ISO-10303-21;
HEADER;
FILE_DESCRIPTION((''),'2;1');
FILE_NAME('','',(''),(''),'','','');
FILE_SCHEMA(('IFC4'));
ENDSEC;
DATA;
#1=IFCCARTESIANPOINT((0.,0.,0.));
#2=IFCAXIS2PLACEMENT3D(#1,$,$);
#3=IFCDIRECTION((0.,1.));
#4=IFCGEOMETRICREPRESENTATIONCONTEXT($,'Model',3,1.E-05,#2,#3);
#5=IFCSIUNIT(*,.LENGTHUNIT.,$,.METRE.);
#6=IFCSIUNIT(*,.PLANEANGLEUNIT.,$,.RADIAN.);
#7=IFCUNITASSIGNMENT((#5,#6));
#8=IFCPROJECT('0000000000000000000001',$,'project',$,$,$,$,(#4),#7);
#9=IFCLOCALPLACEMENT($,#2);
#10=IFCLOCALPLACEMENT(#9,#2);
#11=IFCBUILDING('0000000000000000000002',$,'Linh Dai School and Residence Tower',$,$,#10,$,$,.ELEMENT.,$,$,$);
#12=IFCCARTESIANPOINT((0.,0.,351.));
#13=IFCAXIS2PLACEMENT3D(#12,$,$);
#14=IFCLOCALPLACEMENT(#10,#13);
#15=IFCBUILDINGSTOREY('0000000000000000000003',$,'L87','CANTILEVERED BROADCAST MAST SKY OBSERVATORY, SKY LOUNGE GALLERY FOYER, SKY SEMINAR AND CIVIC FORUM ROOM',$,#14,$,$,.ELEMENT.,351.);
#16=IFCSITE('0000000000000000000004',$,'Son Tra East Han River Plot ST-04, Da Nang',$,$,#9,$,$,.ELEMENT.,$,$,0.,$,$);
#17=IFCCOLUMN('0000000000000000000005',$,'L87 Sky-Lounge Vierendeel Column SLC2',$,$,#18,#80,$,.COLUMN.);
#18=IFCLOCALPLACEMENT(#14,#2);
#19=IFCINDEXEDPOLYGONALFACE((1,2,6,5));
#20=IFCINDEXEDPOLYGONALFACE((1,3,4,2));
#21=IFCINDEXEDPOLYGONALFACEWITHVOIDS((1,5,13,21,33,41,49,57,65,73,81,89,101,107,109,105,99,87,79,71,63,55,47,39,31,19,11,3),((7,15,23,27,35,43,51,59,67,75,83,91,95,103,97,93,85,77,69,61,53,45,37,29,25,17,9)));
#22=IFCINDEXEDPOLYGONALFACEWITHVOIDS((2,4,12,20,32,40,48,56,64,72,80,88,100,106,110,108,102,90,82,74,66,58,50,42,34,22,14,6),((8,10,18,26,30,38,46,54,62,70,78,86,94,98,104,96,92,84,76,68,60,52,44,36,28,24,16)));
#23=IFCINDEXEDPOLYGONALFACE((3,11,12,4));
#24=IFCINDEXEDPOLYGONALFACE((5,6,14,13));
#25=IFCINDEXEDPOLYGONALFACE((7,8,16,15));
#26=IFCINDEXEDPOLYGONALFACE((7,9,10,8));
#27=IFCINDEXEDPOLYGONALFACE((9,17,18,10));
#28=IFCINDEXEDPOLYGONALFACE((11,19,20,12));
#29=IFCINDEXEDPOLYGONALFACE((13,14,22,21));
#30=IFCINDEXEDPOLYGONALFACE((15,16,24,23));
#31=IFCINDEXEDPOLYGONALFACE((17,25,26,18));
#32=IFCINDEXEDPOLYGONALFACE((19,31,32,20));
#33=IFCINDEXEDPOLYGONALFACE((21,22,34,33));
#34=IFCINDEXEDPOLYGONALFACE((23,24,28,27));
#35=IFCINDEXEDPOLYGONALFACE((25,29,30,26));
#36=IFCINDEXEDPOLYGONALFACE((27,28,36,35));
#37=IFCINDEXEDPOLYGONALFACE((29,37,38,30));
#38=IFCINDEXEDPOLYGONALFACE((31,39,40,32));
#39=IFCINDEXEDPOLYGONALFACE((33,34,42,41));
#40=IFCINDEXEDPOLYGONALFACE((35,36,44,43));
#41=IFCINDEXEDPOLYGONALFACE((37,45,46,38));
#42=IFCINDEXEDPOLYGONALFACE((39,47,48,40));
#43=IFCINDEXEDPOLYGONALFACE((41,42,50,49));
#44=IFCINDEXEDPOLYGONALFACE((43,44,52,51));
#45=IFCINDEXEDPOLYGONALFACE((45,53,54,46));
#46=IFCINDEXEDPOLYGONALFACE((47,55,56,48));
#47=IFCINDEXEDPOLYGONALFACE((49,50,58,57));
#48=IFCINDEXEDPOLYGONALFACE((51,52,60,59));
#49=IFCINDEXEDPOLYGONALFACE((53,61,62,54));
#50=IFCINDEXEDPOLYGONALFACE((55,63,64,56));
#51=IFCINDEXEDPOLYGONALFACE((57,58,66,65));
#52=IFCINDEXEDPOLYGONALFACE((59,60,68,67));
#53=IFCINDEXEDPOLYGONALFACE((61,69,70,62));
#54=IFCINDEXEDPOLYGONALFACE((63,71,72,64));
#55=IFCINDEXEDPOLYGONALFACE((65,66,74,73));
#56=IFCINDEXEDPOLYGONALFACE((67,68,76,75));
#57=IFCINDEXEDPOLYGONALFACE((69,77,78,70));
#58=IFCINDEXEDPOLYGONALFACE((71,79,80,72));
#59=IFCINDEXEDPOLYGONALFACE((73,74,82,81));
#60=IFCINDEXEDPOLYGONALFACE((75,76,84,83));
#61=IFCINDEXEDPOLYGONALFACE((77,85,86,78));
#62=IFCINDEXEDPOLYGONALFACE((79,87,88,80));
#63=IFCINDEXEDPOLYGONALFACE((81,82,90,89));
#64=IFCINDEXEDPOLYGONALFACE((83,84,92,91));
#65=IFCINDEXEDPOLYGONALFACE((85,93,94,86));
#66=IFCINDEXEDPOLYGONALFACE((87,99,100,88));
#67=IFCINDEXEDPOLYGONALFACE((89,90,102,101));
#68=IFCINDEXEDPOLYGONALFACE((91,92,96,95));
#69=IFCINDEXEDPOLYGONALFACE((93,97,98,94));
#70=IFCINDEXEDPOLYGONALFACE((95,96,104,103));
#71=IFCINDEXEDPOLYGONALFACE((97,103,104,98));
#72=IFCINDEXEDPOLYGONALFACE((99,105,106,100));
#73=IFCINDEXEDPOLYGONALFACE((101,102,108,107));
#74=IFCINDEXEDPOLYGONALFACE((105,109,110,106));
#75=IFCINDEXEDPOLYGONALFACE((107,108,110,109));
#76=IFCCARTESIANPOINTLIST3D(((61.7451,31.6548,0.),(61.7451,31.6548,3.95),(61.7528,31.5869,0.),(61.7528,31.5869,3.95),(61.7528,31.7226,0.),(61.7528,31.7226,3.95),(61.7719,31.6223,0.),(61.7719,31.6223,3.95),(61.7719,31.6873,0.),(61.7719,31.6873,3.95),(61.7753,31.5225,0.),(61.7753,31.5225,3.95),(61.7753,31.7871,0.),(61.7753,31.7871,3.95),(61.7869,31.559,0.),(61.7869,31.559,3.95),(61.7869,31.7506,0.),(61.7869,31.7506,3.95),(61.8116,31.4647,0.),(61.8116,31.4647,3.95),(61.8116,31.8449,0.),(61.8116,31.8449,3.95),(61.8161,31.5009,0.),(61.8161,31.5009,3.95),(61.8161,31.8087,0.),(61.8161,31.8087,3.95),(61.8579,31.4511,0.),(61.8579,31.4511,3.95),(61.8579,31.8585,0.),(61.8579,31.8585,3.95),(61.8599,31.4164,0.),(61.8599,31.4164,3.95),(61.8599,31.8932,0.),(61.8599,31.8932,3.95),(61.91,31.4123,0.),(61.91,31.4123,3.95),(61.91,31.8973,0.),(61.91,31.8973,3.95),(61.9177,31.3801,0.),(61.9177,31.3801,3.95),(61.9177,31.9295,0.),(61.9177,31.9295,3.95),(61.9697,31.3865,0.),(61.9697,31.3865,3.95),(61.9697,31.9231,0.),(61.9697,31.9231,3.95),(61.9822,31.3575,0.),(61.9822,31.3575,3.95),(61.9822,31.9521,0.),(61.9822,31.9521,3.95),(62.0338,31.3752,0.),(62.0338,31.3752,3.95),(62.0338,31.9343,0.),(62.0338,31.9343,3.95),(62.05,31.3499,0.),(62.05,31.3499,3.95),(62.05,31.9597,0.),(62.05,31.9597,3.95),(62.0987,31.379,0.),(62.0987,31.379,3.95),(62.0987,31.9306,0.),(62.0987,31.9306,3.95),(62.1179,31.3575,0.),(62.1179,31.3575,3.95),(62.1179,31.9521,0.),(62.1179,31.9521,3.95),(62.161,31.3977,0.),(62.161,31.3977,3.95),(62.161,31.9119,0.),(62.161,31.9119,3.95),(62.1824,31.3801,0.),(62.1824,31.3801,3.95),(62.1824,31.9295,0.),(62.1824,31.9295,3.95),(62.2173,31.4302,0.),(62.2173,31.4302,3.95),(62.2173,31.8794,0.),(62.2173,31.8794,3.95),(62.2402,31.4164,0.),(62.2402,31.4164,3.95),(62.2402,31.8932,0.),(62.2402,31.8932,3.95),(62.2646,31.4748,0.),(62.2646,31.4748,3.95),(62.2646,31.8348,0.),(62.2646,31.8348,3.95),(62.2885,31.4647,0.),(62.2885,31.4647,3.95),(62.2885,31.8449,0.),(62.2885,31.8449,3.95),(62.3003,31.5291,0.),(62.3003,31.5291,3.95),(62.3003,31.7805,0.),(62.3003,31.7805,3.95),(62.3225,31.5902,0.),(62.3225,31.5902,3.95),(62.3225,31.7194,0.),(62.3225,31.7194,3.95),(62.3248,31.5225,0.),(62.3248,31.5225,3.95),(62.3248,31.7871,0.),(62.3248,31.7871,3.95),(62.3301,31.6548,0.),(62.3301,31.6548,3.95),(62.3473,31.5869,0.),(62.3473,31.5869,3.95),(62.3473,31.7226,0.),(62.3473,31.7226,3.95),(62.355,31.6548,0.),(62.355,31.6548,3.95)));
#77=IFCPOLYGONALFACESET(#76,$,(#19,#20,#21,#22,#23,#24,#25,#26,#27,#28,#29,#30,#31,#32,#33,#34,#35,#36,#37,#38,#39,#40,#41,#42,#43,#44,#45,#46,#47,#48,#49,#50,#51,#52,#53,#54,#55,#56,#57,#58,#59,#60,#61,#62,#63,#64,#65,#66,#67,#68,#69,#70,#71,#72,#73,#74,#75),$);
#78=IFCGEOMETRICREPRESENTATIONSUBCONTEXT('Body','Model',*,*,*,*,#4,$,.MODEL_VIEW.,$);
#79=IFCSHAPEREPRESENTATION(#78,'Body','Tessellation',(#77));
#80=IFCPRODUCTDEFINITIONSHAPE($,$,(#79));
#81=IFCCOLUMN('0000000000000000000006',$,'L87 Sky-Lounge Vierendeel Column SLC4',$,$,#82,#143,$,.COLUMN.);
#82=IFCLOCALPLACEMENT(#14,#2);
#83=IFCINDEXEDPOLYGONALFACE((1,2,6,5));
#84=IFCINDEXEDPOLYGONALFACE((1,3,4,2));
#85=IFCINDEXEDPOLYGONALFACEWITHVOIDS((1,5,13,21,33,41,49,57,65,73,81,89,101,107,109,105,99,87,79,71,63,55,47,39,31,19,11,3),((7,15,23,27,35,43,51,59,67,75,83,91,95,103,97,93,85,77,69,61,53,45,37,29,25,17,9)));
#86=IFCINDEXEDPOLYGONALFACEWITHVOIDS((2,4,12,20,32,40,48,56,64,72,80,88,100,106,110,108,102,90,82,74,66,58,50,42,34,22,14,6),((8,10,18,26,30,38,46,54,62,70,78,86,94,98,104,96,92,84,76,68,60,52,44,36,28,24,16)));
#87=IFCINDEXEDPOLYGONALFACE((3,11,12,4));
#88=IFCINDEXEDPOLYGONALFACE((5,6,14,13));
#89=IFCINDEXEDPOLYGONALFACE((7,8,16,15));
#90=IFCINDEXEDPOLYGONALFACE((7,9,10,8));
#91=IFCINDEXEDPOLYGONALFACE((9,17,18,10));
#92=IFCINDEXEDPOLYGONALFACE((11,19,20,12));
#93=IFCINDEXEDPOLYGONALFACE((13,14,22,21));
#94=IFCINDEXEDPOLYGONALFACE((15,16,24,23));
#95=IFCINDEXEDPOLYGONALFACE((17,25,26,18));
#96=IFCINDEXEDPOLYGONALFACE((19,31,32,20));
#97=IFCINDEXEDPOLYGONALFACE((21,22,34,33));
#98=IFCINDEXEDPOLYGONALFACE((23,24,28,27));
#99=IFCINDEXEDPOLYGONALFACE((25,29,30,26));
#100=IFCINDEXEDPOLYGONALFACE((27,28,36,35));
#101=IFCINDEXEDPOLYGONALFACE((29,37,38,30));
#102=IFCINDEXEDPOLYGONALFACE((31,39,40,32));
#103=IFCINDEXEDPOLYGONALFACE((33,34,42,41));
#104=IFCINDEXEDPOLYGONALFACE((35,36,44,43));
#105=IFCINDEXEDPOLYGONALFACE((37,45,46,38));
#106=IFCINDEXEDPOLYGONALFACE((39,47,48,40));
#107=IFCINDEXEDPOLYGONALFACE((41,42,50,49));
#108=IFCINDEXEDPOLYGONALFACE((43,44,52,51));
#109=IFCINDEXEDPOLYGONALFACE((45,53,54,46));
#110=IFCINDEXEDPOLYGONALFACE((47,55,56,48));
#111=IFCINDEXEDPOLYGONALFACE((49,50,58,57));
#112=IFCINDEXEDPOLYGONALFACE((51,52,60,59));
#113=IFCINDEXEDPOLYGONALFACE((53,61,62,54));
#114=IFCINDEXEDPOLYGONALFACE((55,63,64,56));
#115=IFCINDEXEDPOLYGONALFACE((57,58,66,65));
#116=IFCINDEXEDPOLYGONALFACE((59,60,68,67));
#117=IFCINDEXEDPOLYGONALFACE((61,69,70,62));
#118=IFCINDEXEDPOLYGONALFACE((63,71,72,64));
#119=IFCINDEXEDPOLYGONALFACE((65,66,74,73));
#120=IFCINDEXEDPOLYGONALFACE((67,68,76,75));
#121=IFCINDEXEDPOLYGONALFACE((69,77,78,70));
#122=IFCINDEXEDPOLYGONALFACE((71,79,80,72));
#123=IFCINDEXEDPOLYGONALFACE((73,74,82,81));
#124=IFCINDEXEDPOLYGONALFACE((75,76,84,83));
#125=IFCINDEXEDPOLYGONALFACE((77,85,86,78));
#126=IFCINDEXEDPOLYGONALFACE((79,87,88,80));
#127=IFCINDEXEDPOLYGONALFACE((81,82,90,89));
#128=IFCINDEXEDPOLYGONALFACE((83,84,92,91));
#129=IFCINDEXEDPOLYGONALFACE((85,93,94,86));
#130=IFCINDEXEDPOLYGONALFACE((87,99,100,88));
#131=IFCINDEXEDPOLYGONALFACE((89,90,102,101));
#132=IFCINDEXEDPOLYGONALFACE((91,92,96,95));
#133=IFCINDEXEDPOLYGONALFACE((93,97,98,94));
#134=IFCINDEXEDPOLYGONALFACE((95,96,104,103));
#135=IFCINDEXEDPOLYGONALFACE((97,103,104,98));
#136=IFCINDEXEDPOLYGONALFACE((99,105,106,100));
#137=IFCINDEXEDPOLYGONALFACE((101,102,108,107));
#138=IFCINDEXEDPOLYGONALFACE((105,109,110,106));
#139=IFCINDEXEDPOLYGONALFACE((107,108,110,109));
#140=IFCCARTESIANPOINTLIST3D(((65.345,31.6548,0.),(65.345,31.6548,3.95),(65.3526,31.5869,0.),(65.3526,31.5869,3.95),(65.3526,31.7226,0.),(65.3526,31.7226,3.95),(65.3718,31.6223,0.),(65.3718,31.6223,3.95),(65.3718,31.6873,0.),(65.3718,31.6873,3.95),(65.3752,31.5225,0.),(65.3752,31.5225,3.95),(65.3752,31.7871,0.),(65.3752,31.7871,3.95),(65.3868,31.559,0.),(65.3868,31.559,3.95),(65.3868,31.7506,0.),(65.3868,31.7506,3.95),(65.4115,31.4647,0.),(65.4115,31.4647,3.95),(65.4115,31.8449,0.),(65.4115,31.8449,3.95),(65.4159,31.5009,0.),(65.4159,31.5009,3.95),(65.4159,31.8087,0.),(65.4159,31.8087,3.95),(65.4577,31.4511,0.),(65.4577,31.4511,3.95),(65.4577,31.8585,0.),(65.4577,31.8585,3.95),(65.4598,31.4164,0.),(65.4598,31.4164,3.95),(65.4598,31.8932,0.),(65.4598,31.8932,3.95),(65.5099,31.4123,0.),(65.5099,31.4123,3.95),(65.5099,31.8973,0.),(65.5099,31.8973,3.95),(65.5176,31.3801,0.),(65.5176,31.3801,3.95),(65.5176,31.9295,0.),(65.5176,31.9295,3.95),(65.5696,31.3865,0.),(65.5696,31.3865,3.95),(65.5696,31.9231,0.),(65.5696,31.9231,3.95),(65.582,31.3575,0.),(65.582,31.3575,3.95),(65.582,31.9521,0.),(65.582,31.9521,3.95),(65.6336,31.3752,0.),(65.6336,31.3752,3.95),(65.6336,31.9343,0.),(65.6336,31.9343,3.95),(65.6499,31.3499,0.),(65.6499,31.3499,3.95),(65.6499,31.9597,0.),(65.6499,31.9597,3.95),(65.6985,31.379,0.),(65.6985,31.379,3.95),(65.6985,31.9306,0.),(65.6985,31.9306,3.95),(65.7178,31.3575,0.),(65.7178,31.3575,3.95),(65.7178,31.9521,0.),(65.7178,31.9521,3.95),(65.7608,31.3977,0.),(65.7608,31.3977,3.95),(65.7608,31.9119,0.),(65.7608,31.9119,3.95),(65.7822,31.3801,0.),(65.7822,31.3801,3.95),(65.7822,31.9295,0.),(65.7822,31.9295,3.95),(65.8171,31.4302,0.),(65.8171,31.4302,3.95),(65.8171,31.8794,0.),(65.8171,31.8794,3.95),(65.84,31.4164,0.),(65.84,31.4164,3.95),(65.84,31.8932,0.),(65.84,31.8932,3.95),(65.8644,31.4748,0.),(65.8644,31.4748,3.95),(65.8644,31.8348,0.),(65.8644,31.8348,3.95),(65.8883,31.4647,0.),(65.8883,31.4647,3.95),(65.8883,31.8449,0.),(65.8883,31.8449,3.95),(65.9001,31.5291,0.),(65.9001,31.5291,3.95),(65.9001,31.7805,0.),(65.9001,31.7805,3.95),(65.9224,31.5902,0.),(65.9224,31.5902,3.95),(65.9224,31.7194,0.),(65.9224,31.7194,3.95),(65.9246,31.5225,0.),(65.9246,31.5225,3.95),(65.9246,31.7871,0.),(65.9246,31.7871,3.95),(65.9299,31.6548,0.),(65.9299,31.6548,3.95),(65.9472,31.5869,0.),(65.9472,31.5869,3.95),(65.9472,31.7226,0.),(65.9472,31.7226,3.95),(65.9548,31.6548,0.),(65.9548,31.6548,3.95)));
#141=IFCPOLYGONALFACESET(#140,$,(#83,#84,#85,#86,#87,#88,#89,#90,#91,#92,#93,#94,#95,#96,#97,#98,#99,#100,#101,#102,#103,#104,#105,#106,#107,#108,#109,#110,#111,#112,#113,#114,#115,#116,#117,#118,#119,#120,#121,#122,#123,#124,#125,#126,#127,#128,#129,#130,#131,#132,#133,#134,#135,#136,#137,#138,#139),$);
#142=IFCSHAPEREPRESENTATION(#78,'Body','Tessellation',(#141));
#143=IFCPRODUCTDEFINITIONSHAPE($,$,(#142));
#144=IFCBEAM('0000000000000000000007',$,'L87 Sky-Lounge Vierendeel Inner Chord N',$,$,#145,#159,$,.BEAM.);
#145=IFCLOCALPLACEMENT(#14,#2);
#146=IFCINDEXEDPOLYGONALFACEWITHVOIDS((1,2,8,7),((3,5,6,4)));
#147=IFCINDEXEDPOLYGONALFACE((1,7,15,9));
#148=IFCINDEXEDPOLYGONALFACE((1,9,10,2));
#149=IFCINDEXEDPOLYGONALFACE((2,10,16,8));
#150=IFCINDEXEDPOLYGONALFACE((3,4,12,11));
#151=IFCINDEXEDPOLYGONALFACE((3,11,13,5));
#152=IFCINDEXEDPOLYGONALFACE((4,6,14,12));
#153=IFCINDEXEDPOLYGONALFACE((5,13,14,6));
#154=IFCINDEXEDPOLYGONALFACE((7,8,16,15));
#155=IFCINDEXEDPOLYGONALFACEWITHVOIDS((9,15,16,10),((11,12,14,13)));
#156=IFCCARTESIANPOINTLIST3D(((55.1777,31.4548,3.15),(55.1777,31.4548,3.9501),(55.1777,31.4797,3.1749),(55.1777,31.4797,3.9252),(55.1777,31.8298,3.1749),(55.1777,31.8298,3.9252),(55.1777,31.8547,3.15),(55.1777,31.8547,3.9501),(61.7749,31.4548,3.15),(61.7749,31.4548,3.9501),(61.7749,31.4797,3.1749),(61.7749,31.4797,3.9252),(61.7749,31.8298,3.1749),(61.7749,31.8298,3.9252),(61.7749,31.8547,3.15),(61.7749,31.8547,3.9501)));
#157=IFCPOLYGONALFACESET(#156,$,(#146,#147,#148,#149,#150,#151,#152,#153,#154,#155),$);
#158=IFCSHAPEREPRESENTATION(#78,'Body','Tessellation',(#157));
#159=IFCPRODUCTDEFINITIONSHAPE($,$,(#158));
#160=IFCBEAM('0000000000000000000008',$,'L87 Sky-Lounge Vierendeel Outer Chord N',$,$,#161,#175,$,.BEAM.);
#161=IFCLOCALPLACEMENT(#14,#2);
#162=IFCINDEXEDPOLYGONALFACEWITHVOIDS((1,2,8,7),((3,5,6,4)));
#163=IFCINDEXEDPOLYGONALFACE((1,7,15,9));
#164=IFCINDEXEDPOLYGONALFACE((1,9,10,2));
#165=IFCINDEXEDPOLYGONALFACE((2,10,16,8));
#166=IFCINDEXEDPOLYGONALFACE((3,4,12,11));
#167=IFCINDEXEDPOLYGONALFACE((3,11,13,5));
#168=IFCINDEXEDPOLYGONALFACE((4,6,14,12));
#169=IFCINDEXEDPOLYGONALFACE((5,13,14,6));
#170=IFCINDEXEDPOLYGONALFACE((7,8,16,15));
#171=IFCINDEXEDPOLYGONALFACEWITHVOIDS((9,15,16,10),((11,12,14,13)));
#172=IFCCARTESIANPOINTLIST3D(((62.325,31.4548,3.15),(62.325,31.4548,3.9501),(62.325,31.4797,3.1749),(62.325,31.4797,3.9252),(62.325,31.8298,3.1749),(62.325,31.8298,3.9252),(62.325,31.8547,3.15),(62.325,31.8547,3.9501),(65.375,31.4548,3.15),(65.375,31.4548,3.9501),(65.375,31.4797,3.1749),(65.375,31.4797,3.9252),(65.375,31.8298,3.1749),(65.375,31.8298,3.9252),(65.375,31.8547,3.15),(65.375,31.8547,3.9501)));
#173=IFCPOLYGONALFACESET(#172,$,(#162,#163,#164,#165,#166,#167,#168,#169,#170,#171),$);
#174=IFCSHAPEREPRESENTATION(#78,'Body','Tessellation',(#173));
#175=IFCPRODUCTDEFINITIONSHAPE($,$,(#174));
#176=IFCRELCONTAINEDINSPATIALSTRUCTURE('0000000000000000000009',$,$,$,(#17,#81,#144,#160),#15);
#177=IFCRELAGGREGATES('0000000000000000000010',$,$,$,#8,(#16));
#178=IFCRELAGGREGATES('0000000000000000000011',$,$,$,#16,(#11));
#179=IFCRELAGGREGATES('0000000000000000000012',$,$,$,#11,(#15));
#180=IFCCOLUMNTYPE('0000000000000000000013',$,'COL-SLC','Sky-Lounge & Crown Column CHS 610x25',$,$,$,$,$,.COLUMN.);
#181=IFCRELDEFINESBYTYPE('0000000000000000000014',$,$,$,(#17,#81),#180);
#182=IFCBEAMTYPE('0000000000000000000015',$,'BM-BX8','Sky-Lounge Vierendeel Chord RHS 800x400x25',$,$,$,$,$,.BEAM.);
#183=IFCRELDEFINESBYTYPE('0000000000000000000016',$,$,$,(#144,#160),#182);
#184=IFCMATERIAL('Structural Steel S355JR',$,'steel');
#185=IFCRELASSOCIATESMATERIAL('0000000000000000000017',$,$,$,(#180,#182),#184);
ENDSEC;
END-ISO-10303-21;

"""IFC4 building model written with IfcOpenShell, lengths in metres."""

from ifc_helpers import new_model, si_unit, direction, frame, origin, origin_2d, place, context, subcontext, project, spatial, hollow_rectangle, hollow_circle, extrude, material, material_profile, profile_set, type_object, element, save


model = new_model("IFC4")

# Units and contexts
model_context = context("Model", 3, precision=1e-05, world=origin(), true_north=direction((0.0, 1.0)))
body_context = subcontext(model_context, "Body", "Model", "MODEL_VIEW")
ifc_project = project(units=[si_unit("LENGTHUNIT", "METRE"), si_unit("PLANEANGLEUNIT", "RADIAN")], contexts=[model_context])

# Site, building, storey
site_placement = place(None, origin())
site = spatial("IfcSite", under=ifc_project, at=site_placement, Name="Son Tra East Han River Plot ST-04, Da Nang", CompositionType="ELEMENT", RefElevation=0.0)
building_placement = place(site_placement, origin())
building = spatial("IfcBuilding", under=site, at=building_placement, Name="Linh Dai School and Residence Tower", CompositionType="ELEMENT")
storey_placement = place(building_placement, frame((0.0, 0.0, 351.0)))
storey = spatial("IfcBuildingStorey", under=building, at=storey_placement, Name="L87", Description="CANTILEVERED BROADCAST MAST SKY OBSERVATORY, SKY LOUNGE GALLERY FOYER, SKY SEMINAR AND CIVIC FORUM ROOM", CompositionType="ELEMENT", Elevation=351.0)

# Columns
ifc_material_1 = material(Name="Structural Steel S355JR", Category="steel")
ifc_material_profile_1 = material_profile(ifc_material_1, hollow_circle(Radius=0.3049, WallThickness=0.0249, at=origin_2d()), Name="CHS 610x25")
ifc_profile_set_1 = profile_set([ifc_material_profile_1], Name="Structural Steel S355JR")
column_type_1 = type_object("IfcColumnType", Name="COL-SLC", Description="Sky-Lounge & Crown Column CHS 610x25", PredefinedType="COLUMN", material=ifc_profile_set_1)
for number, where, z_axis, x_axis, name in (
    (1, (62.05, 31.6548, 0.0), (0.0, 0.0, 1.0), (1.0, 0.0, 0.0), "L87 Sky-Lounge Vierendeel Column SLC2"),
    (2, (65.6499, 31.6548, 0.0), (0.0, 0.0, 1.0), (1.0, 0.0, 0.0), "L87 Sky-Lounge Vierendeel Column SLC4"),
):
    element("IfcColumn", number, at=place(storey_placement, frame(where, z_axis=z_axis, x_axis=x_axis)), inside=storey, type_object=column_type_1, Name=name, PredefinedType="COLUMN", context=body_context, shape_type="SweptSolid", body=[
        extrude(hollow_circle(Radius=0.3049, WallThickness=0.0249, at=origin_2d()), origin(), (0.0, 0.0, 1.0), 3.95),
    ])

# Beams
ifc_material_profile_2 = material_profile(ifc_material_1, hollow_rectangle(XDim=0.3999, YDim=0.8, WallThickness=0.0249, at=origin_2d()), Name="RHS 800x400x25")
ifc_profile_set_2 = profile_set([ifc_material_profile_2], Name="Structural Steel S355JR")
beam_type_1 = type_object("IfcBeamType", Name="BM-BX8", Description="Sky-Lounge Vierendeel Chord RHS 800x400x25", PredefinedType="BEAM", material=ifc_profile_set_2)
beam_1_placement = place(storey_placement, frame((55.1777, 31.6548, 3.55), z_axis=(1.0, 0.0, 0.0), x_axis=(0.0, 1.0, 0.0)))
element("IfcBeam", 3, at=beam_1_placement, inside=storey, type_object=beam_type_1, Name="L87 Sky-Lounge Vierendeel Inner Chord N", PredefinedType="BEAM", context=body_context, shape_type="SweptSolid", body=[
    extrude(hollow_rectangle(XDim=0.3999, YDim=0.8, WallThickness=0.0249, at=origin_2d()), origin(), (0.0, 0.0, 1.0), 6.5972),
])
beam_2_placement = place(storey_placement, frame((62.325, 31.6548, 3.55), z_axis=(1.0, 0.0, 0.0), x_axis=(0.0, 1.0, 0.0)))
element("IfcBeam", 4, at=beam_2_placement, inside=storey, type_object=beam_type_1, Name="L87 Sky-Lounge Vierendeel Outer Chord N", PredefinedType="BEAM", context=body_context, shape_type="SweptSolid", body=[
    extrude(hollow_rectangle(XDim=0.3999, YDim=0.8, WallThickness=0.0249, at=origin_2d()), origin(), (0.0, 0.0, 1.0), 3.05),
])

save(model, "model.ifc")
